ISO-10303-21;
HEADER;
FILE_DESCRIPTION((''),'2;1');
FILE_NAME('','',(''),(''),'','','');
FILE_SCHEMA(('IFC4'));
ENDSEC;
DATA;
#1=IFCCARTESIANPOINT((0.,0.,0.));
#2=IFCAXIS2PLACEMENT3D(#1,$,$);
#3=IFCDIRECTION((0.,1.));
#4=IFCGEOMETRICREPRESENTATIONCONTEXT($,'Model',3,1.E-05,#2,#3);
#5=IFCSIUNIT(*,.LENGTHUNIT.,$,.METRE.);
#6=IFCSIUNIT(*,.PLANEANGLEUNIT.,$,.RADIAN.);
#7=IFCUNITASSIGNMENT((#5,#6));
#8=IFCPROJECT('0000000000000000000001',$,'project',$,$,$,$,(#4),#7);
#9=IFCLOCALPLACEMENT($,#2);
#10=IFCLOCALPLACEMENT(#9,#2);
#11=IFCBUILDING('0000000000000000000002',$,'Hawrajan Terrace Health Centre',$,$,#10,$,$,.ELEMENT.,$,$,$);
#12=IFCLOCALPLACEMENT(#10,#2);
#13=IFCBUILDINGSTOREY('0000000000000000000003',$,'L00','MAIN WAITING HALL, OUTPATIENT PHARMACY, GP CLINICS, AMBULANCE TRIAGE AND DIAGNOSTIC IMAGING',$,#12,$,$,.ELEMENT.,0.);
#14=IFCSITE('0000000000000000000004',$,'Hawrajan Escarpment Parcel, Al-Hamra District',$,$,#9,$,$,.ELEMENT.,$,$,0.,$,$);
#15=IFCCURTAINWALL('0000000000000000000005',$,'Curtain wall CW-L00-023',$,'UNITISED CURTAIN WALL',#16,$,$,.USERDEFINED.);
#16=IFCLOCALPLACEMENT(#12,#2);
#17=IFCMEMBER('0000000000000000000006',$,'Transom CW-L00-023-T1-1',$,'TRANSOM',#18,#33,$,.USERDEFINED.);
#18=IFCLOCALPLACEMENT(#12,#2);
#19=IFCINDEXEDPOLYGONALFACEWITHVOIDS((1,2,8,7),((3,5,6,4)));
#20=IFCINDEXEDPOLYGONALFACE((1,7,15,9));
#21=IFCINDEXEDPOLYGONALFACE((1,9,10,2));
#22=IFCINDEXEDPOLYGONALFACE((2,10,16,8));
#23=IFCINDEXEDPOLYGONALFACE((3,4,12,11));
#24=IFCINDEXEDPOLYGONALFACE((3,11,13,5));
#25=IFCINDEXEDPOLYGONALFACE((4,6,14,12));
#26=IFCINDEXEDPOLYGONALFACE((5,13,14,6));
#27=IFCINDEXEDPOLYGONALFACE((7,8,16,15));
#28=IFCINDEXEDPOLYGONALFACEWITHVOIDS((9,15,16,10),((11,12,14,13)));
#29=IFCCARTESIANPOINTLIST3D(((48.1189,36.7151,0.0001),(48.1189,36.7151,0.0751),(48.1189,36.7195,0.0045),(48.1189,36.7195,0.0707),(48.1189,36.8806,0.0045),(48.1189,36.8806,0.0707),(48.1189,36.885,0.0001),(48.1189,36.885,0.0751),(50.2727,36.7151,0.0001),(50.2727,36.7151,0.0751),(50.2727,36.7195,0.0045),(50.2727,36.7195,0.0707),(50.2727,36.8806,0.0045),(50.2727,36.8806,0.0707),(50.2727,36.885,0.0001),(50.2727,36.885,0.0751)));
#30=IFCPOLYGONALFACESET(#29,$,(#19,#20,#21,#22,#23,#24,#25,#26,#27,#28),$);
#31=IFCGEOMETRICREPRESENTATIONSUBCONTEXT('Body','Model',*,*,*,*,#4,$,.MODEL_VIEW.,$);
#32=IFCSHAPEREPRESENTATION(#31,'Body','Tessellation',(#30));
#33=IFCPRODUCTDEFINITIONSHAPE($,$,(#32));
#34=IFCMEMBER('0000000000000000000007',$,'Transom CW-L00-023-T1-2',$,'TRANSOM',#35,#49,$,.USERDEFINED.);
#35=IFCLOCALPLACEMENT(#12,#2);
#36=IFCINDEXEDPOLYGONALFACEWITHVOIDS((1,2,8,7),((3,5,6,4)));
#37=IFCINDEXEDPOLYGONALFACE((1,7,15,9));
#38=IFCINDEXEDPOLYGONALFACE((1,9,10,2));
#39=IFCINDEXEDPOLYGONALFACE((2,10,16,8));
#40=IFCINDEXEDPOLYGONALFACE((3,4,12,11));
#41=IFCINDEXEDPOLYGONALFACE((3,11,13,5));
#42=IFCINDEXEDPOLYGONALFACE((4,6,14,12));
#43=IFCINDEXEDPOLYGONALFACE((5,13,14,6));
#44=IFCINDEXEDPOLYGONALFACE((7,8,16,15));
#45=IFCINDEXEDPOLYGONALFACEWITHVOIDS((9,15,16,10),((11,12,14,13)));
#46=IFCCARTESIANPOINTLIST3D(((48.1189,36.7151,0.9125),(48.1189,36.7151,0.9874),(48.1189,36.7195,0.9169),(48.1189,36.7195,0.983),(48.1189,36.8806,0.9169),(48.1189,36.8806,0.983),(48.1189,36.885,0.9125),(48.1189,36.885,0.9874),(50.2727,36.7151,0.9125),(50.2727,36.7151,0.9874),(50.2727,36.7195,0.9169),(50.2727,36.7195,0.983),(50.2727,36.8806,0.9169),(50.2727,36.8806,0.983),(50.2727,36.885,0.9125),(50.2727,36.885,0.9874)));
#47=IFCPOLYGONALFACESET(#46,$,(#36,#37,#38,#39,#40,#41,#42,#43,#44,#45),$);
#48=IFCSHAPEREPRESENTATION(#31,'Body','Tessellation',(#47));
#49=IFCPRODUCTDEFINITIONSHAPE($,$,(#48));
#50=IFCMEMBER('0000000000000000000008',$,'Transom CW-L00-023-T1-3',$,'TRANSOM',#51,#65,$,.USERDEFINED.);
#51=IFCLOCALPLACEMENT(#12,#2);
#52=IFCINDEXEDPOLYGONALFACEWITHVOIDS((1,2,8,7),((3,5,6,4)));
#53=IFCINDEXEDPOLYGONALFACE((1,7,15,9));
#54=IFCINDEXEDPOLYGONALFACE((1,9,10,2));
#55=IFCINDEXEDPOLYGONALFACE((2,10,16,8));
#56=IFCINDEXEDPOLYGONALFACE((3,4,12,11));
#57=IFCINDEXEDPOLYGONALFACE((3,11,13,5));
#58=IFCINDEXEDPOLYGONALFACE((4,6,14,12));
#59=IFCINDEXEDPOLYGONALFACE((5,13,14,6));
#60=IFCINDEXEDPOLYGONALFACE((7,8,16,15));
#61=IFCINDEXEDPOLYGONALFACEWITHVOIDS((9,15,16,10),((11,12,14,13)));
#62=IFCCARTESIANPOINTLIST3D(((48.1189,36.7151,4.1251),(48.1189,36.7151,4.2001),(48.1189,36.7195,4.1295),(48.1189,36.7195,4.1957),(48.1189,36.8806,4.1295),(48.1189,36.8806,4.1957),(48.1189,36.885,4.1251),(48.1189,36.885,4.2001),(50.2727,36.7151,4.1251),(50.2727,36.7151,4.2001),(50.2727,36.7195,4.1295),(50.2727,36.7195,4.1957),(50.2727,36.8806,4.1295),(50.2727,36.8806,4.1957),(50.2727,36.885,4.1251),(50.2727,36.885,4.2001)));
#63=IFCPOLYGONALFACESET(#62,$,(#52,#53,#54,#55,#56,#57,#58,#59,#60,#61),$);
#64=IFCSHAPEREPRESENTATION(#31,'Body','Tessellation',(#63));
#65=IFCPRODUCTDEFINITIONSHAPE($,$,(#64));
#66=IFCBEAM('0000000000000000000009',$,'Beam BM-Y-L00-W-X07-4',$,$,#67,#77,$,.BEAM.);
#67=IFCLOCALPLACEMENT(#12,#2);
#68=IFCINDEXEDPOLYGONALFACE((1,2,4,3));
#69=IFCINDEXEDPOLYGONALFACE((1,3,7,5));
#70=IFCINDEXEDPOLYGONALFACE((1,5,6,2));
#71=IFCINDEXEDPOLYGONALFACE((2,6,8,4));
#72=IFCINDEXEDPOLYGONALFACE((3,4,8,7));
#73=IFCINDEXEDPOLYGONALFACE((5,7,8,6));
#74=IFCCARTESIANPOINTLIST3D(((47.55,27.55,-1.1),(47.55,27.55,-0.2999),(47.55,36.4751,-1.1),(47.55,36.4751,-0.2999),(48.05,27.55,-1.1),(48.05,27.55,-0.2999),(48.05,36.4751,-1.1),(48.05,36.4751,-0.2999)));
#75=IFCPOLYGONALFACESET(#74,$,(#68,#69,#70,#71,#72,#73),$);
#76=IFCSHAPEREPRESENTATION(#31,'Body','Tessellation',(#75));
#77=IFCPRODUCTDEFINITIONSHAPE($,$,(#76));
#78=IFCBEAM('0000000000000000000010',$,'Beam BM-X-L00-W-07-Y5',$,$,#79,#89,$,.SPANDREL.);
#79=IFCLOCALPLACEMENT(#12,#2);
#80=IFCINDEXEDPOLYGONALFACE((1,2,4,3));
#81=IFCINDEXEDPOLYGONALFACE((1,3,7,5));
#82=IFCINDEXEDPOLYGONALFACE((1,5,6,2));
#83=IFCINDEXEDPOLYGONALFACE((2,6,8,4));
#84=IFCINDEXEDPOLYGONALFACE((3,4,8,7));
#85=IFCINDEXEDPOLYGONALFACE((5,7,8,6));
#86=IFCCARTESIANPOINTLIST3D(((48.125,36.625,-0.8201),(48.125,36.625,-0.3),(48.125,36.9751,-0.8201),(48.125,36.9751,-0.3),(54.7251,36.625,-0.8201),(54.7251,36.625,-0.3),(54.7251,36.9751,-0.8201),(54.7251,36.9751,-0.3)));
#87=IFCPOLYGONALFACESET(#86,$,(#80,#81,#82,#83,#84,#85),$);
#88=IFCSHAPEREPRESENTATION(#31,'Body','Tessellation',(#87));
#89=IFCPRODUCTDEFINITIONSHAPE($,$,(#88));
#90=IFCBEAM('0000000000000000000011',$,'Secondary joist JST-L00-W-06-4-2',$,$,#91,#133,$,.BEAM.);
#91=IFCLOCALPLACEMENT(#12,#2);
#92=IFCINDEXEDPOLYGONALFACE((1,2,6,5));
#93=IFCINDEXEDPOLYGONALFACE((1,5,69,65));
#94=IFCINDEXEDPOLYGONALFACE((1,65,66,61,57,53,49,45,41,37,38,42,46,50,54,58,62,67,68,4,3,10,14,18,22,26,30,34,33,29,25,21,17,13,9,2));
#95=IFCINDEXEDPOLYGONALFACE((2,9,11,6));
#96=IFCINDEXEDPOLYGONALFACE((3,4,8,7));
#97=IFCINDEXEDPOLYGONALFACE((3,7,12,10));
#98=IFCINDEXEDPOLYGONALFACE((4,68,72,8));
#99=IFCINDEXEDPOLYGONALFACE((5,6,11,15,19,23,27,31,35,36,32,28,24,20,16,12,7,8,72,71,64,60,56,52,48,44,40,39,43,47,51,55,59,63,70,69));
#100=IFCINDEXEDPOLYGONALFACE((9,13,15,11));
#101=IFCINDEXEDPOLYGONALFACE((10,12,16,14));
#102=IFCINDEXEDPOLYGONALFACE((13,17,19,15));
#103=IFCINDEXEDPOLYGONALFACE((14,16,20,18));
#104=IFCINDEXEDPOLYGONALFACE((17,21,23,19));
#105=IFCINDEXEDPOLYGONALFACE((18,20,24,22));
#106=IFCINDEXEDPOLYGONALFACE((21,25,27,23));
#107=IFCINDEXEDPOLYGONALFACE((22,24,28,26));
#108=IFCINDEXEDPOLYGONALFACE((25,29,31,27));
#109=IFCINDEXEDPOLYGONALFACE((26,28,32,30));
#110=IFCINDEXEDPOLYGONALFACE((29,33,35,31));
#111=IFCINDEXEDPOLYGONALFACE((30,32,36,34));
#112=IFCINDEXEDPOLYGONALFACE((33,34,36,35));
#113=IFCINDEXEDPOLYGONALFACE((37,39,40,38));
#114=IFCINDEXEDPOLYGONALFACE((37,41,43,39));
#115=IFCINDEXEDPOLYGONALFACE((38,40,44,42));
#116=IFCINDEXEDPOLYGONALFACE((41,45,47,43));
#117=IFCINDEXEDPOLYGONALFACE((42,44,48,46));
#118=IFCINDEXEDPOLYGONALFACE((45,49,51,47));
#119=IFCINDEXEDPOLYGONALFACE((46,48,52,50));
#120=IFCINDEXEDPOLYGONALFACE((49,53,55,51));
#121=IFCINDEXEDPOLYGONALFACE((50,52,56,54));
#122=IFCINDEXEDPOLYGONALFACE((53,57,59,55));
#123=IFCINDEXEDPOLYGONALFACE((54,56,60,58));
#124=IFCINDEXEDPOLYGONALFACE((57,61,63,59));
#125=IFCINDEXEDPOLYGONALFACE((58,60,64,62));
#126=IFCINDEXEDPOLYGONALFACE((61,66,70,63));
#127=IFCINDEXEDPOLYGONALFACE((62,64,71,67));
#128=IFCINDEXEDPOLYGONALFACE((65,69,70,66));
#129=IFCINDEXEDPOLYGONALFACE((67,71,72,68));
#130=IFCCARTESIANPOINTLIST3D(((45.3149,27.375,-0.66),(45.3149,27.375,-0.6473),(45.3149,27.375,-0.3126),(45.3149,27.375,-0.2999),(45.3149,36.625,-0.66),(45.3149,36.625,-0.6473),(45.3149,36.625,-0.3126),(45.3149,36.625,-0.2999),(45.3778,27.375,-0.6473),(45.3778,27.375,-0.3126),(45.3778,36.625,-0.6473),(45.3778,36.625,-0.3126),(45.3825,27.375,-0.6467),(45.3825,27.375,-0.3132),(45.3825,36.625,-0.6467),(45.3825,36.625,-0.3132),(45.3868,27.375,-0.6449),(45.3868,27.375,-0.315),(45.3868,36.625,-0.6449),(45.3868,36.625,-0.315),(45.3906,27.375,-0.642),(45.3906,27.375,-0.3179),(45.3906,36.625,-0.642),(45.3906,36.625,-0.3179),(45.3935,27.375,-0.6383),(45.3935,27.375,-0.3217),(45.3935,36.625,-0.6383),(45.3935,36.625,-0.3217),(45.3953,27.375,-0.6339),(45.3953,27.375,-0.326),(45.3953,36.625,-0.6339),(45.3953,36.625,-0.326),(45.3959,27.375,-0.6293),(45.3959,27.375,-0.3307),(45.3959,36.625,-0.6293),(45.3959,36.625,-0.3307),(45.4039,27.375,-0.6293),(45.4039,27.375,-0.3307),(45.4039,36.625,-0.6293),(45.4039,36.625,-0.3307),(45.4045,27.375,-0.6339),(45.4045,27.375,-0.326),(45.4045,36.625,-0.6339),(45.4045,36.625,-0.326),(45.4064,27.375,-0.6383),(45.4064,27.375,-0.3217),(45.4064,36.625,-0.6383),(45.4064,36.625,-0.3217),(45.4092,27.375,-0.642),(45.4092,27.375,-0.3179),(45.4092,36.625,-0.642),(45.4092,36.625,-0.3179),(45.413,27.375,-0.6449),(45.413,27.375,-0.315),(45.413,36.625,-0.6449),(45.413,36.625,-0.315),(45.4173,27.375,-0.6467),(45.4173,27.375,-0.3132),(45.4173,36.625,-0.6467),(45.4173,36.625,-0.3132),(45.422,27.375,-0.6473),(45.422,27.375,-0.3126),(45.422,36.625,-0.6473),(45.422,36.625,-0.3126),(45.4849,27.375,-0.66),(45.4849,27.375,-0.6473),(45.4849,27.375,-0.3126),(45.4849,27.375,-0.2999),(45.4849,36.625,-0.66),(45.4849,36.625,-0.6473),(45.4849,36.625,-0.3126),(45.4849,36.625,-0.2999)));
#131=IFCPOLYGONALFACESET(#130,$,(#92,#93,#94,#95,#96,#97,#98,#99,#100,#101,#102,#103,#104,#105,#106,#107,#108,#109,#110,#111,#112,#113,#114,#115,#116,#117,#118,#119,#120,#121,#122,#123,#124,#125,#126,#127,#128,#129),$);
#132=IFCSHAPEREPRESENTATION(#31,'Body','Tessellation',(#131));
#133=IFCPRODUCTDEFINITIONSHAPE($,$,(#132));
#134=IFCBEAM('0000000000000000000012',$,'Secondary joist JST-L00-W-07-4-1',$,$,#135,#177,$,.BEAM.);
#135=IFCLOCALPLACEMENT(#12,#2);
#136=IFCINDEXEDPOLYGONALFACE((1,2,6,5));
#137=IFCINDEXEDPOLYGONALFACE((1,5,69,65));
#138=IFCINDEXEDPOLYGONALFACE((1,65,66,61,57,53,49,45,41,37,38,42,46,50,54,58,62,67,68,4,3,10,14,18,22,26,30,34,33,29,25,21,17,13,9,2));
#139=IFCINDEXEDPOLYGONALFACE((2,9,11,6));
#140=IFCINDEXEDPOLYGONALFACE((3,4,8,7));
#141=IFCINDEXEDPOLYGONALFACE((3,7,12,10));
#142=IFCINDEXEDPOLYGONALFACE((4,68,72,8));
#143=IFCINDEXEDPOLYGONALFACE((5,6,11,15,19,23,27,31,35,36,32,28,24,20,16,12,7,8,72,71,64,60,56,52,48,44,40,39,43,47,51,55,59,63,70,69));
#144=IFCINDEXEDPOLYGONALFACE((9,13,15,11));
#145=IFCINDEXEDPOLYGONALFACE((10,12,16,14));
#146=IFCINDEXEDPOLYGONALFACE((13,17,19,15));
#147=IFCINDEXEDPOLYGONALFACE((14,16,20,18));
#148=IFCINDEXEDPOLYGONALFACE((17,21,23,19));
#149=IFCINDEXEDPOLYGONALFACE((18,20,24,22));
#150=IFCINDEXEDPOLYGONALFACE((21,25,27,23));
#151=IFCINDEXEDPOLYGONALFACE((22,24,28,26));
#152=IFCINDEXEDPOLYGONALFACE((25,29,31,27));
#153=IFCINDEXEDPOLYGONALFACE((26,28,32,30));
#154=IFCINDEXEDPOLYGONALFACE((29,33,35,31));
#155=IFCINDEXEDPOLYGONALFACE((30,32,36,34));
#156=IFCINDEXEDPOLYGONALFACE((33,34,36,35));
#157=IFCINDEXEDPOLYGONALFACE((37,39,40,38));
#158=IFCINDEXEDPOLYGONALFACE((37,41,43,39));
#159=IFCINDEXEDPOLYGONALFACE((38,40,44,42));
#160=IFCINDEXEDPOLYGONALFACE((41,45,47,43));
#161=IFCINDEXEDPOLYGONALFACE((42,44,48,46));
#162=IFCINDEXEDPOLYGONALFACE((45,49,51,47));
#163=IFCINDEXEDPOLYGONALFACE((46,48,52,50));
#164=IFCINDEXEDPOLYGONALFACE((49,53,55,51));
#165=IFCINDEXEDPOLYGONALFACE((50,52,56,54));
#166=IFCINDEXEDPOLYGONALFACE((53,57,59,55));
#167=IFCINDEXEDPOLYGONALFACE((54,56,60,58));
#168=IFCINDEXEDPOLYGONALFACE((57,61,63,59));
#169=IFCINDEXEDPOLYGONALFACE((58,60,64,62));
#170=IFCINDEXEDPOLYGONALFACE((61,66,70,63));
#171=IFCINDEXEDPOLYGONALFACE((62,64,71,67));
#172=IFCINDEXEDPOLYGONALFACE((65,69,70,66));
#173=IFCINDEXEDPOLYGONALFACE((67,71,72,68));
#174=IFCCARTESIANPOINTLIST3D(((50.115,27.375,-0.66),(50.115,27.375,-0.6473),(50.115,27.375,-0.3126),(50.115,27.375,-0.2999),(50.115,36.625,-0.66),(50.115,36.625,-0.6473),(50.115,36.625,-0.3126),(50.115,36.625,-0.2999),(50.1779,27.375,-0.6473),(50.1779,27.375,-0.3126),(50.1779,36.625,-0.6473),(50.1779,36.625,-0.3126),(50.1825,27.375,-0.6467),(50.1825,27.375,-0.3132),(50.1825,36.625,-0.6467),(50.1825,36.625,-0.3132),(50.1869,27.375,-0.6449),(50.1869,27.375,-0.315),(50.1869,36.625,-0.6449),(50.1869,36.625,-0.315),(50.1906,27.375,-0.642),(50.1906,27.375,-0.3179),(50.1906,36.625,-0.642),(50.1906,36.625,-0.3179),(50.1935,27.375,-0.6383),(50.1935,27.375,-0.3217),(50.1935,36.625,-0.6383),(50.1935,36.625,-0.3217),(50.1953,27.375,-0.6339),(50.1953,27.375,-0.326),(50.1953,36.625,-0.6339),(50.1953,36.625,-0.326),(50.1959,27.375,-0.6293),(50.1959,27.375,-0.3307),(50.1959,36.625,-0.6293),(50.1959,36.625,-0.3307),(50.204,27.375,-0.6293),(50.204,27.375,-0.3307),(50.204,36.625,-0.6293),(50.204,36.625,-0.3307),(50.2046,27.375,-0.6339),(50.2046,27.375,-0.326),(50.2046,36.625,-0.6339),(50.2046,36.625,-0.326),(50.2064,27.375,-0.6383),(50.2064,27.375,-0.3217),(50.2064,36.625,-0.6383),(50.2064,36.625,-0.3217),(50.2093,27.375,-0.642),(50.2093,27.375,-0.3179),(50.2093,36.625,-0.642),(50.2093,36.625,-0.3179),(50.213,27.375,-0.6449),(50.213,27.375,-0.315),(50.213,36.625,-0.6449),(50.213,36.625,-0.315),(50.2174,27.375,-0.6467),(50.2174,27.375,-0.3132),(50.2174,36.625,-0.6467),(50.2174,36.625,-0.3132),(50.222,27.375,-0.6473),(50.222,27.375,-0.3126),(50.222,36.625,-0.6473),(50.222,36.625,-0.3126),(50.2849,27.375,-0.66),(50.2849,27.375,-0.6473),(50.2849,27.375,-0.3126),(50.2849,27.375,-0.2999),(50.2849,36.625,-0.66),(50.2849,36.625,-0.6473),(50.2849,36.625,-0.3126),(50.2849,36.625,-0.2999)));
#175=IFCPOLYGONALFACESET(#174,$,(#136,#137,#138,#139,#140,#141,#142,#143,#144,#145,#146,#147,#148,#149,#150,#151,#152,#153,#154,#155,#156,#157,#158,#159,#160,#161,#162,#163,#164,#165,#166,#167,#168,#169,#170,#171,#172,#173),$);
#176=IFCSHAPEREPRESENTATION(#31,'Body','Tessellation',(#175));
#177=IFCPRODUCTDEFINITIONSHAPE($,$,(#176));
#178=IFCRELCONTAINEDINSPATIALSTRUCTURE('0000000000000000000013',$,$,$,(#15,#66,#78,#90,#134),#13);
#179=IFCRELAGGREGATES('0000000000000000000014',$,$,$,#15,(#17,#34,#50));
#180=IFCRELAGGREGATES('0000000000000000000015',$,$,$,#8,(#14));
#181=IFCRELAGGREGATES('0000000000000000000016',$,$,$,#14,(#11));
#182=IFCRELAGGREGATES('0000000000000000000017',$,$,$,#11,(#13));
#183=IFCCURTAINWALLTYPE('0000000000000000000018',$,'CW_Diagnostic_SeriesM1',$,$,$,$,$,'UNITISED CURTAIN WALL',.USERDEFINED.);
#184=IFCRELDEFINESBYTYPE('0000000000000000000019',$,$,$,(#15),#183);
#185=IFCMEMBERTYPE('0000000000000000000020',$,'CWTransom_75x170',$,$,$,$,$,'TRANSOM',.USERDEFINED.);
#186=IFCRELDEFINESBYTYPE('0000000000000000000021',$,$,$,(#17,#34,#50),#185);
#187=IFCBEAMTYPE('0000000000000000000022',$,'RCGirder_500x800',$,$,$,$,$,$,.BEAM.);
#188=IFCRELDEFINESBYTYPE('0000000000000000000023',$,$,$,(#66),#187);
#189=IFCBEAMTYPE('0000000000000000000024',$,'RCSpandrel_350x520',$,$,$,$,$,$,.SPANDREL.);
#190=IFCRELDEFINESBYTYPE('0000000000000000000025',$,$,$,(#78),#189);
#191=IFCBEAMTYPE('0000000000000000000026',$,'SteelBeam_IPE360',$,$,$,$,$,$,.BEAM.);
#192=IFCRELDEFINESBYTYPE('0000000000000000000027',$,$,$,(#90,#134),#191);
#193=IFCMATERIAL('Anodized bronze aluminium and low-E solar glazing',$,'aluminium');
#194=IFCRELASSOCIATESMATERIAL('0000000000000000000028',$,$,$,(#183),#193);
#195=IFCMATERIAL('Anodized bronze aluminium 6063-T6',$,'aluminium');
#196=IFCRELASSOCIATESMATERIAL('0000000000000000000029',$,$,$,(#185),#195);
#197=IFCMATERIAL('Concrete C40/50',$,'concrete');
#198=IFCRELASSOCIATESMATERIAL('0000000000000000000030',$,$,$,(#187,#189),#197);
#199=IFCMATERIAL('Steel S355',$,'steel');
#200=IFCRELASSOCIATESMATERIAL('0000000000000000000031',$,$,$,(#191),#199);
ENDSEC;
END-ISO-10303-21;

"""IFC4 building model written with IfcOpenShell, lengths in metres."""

from ifc_helpers import new_model, si_unit, direction, frame, origin, origin_2d, place, context, subcontext, project, spatial, rectangle, hollow_rectangle, i_section, extrude, material, material_profile, profile_set, type_object, element, aggregate, save


model = new_model("IFC4")

# Units and contexts
model_context = context("Model", 3, precision=1e-05, world=origin(), true_north=direction((0.0, 1.0)))
body_context = subcontext(model_context, "Body", "Model", "MODEL_VIEW")
ifc_project = project(units=[si_unit("LENGTHUNIT", "METRE"), si_unit("PLANEANGLEUNIT", "RADIAN")], contexts=[model_context])

# Site, building, storey
site_placement = place(None, origin())
site = spatial("IfcSite", under=ifc_project, at=site_placement, Name="Hawrajan Escarpment Parcel, Al-Hamra District", CompositionType="ELEMENT", RefElevation=0.0)
building_placement = place(site_placement, origin())
building = spatial("IfcBuilding", under=site, at=building_placement, Name="Hawrajan Terrace Health Centre", CompositionType="ELEMENT")
storey_placement = place(building_placement, origin())
storey = spatial("IfcBuildingStorey", under=building, at=storey_placement, Name="L00", Description="MAIN WAITING HALL, OUTPATIENT PHARMACY, GP CLINICS, AMBULANCE TRIAGE AND DIAGNOSTIC IMAGING", CompositionType="ELEMENT", Elevation=0.0)

# Shared definitions
ifc_material_1 = material(Name="Concrete C40/50", Category="concrete")

# Shared definitions
ifc_material_2 = material(Name="Anodized bronze aluminium and low-E solar glazing", Category="aluminium")
ifc_material_3 = material(Name="Anodized bronze aluminium 6063-T6", Category="aluminium")

# Curtain wall
curtain_wall_type_1 = type_object("IfcCurtainWallType", Name="CW_Diagnostic_SeriesM1", ElementType="UNITISED CURTAIN WALL", PredefinedType="USERDEFINED", material=ifc_material_2)
curtain_wall_1_placement = place(storey_placement, origin())
curtain_wall_1 = element("IfcCurtainWall", 1, at=curtain_wall_1_placement, inside=storey, type_object=curtain_wall_type_1, Name="Curtain wall CW-L00-023", ObjectType="UNITISED CURTAIN WALL", PredefinedType="USERDEFINED")

# Members
ifc_material_profile_1 = material_profile(ifc_material_3, hollow_rectangle(XDim=0.075, YDim=0.1699, WallThickness=0.0044, at=origin_2d()), Name="CW TRN 75x170")
ifc_profile_set_1 = profile_set([ifc_material_profile_1], Name="Anodized bronze aluminium 6063-T6")
member_type_1 = type_object("IfcMemberType", Name="CWTransom_75x170", ElementType="TRANSOM", PredefinedType="USERDEFINED", material=ifc_profile_set_1)
member_1_placement = place(storey_placement, frame((48.1189, 36.8, 0.0376), z_axis=(1.0, 0.0, 0.0), x_axis=(0.0, 0.0, 1.0)))
member_1 = element("IfcMember", 2, at=member_1_placement, type_object=member_type_1, Name="Transom CW-L00-023-T1-1", ObjectType="TRANSOM", PredefinedType="USERDEFINED", context=body_context, shape_type="SweptSolid", body=[
    extrude(hollow_rectangle(XDim=0.075, YDim=0.1699, WallThickness=0.0044, at=origin_2d()), origin(), (0.0, 0.0, 1.0), 2.1538),
])
member_2_placement = place(storey_placement, frame((48.1189, 36.8, 0.95), z_axis=(1.0, 0.0, 0.0), x_axis=(0.0, 0.0, 1.0)))
member_2 = element("IfcMember", 3, at=member_2_placement, type_object=member_type_1, Name="Transom CW-L00-023-T1-2", ObjectType="TRANSOM", PredefinedType="USERDEFINED", context=body_context, shape_type="SweptSolid", body=[
    extrude(hollow_rectangle(XDim=0.075, YDim=0.1699, WallThickness=0.0044, at=origin_2d()), origin(), (0.0, 0.0, 1.0), 2.1538),
])
member_3_placement = place(storey_placement, frame((48.1189, 36.8, 4.1626), z_axis=(1.0, 0.0, 0.0), x_axis=(0.0, 0.0, 1.0)))
member_3 = element("IfcMember", 4, at=member_3_placement, type_object=member_type_1, Name="Transom CW-L00-023-T1-3", ObjectType="TRANSOM", PredefinedType="USERDEFINED", context=body_context, shape_type="SweptSolid", body=[
    extrude(hollow_rectangle(XDim=0.075, YDim=0.1699, WallThickness=0.0044, at=origin_2d()), origin(), (0.0, 0.0, 1.0), 2.1538),
])

# Beams
ifc_material_profile_2 = material_profile(ifc_material_1, rectangle(XDim=0.5, YDim=0.8, at=origin_2d()), Name="RC BM 500x800")
ifc_profile_set_2 = profile_set([ifc_material_profile_2], Name="Concrete C40/50")
beam_type_1 = type_object("IfcBeamType", Name="RCGirder_500x800", PredefinedType="BEAM", material=ifc_profile_set_2)
beam_1_placement = place(storey_placement, frame((47.8, 27.55, -0.7), z_axis=(0.0, 1.0, 0.0), x_axis=(-1.0, 0.0, 0.0)))
element("IfcBeam", 5, at=beam_1_placement, inside=storey, type_object=beam_type_1, Name="Beam BM-Y-L00-W-X07-4", PredefinedType="BEAM", context=body_context, shape_type="SweptSolid", body=[
    extrude(rectangle(XDim=0.5, YDim=0.8, at=origin_2d()), origin(), (0.0, 0.0, 1.0), 8.925),
])
ifc_material_profile_3 = material_profile(ifc_material_1, rectangle(XDim=0.3501, YDim=0.52, at=origin_2d()), Name="RC SP 350x520")
ifc_profile_set_3 = profile_set([ifc_material_profile_3], Name="Concrete C40/50")
beam_type_2 = type_object("IfcBeamType", Name="RCSpandrel_350x520", PredefinedType="SPANDREL", material=ifc_profile_set_3)
beam_2_placement = place(storey_placement, frame((48.125, 36.8, -0.5601), z_axis=(1.0, 0.0, 0.0), x_axis=(0.0, 1.0, 0.0)))
element("IfcBeam", 6, at=beam_2_placement, inside=storey, type_object=beam_type_2, Name="Beam BM-X-L00-W-07-Y5", PredefinedType="SPANDREL", context=body_context, shape_type="SweptSolid", body=[
    extrude(rectangle(XDim=0.3501, YDim=0.52, at=origin_2d()), origin(), (0.0, 0.0, 1.0), 6.6001),
])
ifc_material_4 = material(Name="Steel S355", Category="steel")
ifc_material_profile_4 = material_profile(ifc_material_4, i_section(OverallWidth=0.1699, OverallDepth=0.3601, WebThickness=0.0081, FlangeThickness=0.0127, FilletRadius=0.0181, at=origin_2d()), Name="IPE 360")
ifc_profile_set_4 = profile_set([ifc_material_profile_4], Name="Steel S355")
beam_type_3 = type_object("IfcBeamType", Name="SteelBeam_IPE360", PredefinedType="BEAM", material=ifc_profile_set_4)
for number, where, z_axis, x_axis, name in (
    (7, (45.3999, 27.375, -0.48), (0.0, 1.0, 0.0), (-1.0, 0.0, 0.0), "Secondary joist JST-L00-W-06-4-2"),
    (8, (50.2, 27.375, -0.48), (0.0, 1.0, 0.0), (-1.0, 0.0, 0.0), "Secondary joist JST-L00-W-07-4-1"),
):
    element("IfcBeam", number, at=place(storey_placement, frame(where, z_axis=z_axis, x_axis=x_axis)), inside=storey, type_object=beam_type_3, Name=name, PredefinedType="BEAM", context=body_context, shape_type="SweptSolid", body=[
        extrude(i_section(OverallWidth=0.1699, OverallDepth=0.3601, WebThickness=0.0081, FlangeThickness=0.0127, FilletRadius=0.0181, at=origin_2d()), origin(), (0.0, 0.0, 1.0), 9.25),
    ])

aggregate(curtain_wall_1, [member_1, member_2, member_3])

save(model, "model.ifc")
